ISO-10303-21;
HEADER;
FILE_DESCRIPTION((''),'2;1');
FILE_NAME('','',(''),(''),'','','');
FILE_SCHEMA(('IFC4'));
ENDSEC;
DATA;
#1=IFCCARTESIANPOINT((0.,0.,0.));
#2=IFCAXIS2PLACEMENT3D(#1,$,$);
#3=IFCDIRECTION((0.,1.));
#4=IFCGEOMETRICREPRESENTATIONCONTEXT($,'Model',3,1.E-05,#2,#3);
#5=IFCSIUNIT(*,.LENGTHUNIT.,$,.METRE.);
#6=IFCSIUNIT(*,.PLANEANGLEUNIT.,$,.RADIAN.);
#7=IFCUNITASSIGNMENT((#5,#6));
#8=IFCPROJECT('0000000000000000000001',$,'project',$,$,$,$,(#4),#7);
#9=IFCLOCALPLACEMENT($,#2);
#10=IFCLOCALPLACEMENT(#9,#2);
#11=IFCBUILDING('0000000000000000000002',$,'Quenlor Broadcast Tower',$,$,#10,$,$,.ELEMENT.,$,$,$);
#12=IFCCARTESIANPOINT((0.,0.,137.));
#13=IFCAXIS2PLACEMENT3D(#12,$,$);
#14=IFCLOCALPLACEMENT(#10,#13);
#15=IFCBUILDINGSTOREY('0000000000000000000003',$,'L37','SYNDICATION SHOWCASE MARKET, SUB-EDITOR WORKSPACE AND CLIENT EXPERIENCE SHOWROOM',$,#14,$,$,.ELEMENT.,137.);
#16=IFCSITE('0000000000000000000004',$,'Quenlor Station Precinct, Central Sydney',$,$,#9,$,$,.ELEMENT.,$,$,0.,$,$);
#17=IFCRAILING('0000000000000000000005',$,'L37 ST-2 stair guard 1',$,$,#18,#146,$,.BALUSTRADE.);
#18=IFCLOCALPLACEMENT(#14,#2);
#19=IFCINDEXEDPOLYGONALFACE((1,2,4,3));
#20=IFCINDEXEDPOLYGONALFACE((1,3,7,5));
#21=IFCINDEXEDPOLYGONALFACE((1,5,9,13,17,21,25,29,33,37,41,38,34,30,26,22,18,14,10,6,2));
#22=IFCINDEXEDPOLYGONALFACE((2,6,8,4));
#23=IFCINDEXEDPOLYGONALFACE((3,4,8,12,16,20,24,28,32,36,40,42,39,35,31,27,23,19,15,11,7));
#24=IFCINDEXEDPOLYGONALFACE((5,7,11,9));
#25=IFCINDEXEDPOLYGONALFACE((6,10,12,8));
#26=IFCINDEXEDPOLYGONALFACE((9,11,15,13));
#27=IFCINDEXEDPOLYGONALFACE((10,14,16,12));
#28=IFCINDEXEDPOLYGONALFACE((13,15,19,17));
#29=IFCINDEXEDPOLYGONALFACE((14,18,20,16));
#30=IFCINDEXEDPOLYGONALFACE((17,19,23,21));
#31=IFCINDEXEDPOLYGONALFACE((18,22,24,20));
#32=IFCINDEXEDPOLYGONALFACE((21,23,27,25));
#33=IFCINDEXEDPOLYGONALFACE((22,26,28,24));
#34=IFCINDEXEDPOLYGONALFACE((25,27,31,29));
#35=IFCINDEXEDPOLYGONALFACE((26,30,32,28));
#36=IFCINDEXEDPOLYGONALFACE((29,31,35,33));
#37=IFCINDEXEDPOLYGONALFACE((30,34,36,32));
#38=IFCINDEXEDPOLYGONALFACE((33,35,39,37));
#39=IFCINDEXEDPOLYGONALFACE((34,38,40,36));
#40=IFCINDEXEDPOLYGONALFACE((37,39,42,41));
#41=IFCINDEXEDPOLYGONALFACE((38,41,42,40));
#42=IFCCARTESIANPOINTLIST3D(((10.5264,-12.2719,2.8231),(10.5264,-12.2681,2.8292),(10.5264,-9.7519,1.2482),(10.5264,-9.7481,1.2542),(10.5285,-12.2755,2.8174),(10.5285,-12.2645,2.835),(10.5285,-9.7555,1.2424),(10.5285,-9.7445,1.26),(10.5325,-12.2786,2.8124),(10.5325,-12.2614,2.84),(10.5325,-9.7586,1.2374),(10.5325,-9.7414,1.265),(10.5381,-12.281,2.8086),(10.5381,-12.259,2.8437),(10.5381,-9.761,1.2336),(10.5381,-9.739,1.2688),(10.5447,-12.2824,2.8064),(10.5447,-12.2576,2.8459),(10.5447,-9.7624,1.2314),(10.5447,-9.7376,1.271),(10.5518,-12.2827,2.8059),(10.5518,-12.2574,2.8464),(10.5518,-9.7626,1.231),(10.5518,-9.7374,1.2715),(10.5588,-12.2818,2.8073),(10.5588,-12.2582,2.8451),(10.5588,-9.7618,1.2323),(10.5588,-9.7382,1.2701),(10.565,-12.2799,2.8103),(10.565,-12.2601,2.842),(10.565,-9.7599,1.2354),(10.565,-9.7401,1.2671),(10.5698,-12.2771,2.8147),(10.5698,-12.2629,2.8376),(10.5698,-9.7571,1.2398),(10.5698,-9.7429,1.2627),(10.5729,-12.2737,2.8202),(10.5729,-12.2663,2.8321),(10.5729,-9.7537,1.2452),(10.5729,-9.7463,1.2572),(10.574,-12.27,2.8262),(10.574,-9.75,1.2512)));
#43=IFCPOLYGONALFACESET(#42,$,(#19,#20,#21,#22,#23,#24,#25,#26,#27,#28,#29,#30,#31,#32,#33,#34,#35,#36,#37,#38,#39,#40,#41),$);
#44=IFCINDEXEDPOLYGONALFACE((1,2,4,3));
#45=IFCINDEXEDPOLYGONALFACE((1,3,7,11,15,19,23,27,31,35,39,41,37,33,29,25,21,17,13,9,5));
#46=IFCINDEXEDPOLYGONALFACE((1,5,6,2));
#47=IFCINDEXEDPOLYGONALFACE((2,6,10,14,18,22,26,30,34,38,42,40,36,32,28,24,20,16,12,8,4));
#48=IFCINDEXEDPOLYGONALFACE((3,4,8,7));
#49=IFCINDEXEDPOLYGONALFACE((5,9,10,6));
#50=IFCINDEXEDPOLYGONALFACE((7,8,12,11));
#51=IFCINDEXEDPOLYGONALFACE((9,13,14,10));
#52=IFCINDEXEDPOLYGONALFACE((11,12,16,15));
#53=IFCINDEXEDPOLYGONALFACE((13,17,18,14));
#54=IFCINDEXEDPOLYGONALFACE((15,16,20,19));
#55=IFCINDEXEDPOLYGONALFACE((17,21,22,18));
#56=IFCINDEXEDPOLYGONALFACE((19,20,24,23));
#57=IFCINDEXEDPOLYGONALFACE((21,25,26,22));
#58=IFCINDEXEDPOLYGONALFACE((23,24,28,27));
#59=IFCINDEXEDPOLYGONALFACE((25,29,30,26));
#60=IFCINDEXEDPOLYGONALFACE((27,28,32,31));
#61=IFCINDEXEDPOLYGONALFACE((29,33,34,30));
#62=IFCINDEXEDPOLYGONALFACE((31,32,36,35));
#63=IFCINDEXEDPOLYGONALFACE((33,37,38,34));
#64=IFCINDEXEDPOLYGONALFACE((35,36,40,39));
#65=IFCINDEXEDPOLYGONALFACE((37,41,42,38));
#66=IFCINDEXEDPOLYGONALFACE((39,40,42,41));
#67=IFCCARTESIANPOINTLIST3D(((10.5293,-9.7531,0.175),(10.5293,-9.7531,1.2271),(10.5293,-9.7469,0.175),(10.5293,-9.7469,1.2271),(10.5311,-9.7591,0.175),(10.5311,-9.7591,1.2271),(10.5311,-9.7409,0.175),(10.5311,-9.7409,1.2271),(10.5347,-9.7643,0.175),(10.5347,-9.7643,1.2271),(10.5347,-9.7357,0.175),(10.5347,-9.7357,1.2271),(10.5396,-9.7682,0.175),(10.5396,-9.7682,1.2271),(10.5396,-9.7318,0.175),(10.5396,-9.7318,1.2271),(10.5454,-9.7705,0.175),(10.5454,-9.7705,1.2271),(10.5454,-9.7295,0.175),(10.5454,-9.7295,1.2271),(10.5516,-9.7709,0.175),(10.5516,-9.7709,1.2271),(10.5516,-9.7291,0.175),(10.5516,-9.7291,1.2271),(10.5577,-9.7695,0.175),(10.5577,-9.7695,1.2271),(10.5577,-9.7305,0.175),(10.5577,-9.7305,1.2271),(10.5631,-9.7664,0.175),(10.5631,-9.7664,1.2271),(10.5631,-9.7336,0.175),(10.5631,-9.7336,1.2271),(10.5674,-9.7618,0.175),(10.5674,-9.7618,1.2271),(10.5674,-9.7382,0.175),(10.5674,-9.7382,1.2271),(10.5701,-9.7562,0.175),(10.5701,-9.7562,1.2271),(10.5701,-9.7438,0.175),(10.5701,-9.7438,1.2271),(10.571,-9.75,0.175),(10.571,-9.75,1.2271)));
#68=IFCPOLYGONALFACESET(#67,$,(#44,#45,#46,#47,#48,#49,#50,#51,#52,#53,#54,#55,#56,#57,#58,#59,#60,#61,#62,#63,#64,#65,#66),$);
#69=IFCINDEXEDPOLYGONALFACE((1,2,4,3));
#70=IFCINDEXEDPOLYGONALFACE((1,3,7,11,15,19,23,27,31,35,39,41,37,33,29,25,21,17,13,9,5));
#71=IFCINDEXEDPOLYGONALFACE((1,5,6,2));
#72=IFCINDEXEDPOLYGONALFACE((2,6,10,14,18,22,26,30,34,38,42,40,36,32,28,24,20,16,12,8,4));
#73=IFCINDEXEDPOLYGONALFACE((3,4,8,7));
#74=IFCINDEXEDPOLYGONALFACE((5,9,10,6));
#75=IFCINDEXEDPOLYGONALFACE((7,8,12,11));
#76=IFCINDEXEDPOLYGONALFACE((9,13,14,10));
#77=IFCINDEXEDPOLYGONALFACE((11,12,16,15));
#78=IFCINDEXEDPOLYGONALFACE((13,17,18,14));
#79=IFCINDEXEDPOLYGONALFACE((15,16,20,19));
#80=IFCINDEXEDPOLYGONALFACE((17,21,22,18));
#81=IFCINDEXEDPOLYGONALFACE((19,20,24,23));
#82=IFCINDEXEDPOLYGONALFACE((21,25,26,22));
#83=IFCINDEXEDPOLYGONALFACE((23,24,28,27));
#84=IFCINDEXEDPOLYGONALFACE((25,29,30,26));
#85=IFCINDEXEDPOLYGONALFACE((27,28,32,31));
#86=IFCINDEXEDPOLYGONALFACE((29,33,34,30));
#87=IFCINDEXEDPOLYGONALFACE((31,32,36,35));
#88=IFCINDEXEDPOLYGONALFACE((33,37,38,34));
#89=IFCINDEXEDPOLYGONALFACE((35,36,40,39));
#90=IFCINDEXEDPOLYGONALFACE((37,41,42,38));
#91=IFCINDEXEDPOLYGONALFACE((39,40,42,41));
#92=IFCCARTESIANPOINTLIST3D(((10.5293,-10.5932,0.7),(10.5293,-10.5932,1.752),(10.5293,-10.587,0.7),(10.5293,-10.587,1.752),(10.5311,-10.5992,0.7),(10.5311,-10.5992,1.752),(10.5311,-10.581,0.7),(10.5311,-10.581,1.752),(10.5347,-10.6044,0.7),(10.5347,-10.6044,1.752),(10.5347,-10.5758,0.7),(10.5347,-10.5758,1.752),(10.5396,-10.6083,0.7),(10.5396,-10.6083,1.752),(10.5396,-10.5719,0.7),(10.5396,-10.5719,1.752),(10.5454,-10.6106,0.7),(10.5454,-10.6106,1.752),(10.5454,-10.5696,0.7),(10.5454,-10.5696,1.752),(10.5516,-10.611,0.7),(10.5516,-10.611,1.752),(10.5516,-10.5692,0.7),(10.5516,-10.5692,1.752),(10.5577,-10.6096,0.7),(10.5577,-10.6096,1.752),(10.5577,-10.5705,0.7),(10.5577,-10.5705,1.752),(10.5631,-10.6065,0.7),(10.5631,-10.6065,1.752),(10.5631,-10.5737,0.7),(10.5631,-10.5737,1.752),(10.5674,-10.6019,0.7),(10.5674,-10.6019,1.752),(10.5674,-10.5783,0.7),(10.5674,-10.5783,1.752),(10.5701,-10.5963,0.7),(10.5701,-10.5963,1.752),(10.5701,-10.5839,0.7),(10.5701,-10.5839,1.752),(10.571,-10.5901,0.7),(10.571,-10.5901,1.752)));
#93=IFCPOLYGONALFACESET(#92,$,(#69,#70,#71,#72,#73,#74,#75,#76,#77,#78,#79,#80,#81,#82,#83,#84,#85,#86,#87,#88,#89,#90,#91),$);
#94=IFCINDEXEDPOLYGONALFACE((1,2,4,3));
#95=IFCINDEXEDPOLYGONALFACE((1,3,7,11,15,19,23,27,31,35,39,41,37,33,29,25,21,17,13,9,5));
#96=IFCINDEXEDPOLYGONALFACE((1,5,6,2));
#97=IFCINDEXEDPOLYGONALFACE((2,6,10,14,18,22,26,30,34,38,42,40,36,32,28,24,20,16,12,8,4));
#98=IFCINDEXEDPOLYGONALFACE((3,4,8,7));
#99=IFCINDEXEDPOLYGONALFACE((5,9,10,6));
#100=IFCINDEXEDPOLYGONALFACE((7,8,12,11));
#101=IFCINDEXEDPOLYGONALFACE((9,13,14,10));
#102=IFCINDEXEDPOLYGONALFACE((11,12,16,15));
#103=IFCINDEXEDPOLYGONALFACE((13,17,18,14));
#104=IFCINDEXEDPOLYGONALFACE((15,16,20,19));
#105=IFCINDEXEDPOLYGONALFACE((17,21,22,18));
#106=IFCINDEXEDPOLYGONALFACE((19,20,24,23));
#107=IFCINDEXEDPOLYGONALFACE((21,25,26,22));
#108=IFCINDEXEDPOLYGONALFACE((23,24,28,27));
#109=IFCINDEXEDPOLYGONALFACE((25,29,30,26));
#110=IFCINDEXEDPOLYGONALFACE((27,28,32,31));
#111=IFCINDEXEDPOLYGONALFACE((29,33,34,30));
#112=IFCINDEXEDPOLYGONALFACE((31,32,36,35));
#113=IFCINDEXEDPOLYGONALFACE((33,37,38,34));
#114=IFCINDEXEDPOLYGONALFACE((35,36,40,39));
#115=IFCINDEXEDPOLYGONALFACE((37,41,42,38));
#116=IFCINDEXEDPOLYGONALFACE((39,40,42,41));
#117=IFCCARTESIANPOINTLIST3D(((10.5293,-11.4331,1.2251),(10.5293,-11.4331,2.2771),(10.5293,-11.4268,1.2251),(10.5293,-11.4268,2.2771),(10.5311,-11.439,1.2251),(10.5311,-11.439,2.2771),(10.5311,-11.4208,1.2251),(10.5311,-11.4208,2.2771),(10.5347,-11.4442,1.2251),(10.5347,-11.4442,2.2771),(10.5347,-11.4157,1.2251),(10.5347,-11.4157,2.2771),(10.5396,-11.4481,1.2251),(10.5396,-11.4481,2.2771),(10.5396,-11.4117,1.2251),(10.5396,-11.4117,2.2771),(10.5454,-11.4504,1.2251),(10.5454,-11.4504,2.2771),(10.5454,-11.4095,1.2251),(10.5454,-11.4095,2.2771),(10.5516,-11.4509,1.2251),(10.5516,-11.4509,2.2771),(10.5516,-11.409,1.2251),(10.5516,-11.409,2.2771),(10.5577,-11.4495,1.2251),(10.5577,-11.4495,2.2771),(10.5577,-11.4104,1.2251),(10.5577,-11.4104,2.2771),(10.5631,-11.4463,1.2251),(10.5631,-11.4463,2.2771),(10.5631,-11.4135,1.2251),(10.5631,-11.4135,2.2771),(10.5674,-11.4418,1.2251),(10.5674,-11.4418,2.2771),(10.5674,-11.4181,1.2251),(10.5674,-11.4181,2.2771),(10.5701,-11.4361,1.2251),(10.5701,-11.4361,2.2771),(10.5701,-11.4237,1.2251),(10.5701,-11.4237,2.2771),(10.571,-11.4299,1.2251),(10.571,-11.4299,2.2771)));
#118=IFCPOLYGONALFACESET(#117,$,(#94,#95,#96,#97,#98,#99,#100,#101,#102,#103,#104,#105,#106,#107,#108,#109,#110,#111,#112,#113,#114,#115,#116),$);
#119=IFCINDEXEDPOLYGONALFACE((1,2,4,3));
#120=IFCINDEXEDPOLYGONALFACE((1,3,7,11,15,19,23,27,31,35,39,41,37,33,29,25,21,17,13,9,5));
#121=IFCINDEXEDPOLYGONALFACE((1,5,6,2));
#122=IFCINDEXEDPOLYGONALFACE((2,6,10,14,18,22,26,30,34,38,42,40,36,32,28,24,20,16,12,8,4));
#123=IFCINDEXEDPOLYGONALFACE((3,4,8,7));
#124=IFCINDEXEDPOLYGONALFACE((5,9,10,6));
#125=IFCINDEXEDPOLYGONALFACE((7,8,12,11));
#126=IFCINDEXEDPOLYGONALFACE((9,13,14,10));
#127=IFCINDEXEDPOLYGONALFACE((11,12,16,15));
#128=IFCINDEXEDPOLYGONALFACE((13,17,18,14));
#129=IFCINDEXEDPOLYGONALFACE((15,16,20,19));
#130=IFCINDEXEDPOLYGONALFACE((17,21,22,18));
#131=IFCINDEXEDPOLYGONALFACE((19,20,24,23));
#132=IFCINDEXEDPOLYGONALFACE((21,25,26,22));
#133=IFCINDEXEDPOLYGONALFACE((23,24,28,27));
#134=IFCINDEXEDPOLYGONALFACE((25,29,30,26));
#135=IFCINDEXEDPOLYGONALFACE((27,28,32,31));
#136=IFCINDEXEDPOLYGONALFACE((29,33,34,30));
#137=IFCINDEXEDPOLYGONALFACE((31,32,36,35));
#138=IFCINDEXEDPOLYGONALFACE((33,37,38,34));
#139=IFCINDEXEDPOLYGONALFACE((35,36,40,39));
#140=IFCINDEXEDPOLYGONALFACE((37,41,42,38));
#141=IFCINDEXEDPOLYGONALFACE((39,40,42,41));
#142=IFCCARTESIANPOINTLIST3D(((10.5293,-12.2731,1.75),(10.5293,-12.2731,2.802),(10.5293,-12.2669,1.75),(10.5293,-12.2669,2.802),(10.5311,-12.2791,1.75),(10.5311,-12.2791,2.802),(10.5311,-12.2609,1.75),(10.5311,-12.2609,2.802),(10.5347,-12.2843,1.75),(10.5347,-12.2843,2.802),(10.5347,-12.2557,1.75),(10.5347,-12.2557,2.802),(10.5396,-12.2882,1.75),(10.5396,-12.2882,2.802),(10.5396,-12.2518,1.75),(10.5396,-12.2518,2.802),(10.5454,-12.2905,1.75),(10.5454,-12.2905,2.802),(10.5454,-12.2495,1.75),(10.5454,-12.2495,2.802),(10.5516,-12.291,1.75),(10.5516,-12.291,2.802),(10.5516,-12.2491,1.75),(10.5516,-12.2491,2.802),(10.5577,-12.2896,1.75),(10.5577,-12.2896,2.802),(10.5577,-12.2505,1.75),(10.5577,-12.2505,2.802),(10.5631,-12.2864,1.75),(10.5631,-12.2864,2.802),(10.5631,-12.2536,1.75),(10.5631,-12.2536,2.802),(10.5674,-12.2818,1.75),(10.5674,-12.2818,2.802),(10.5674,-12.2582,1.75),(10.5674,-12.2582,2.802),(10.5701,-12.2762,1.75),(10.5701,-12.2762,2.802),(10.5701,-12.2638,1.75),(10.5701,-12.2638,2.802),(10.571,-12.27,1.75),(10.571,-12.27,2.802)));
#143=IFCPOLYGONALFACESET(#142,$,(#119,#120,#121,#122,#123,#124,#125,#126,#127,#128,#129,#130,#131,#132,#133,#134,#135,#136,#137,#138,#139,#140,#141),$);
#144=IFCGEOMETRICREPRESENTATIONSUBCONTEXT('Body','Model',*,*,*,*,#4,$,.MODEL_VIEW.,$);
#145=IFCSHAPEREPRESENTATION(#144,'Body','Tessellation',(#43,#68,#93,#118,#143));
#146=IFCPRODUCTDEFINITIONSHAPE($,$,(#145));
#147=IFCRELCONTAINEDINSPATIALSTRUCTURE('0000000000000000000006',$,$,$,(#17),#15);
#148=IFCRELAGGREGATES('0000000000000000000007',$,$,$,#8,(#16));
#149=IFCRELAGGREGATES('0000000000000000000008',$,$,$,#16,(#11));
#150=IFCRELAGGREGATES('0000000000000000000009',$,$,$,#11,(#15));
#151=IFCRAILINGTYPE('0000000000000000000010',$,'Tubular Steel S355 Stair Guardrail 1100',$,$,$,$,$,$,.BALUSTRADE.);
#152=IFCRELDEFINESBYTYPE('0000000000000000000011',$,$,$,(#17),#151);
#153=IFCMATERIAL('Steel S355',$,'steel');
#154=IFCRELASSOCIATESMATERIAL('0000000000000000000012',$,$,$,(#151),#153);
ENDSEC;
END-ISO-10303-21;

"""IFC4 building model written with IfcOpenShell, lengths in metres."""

from ifc_helpers import new_model, si_unit, direction, frame, origin, origin_2d, place, context, subcontext, project, spatial, circle, extrude, material, type_object, element, save


model = new_model("IFC4")

# Units and contexts
model_context = context("Model", 3, precision=1e-05, world=origin(), true_north=direction((0.0, 1.0)))
body_context = subcontext(model_context, "Body", "Model", "MODEL_VIEW")
ifc_project = project(units=[si_unit("LENGTHUNIT", "METRE"), si_unit("PLANEANGLEUNIT", "RADIAN")], contexts=[model_context])

# Site, building, storey
site_placement = place(None, origin())
site = spatial("IfcSite", under=ifc_project, at=site_placement, Name="Quenlor Station Precinct, Central Sydney", CompositionType="ELEMENT", RefElevation=0.0)
building_placement = place(site_placement, origin())
building = spatial("IfcBuilding", under=site, at=building_placement, Name="Quenlor Broadcast Tower", CompositionType="ELEMENT")
storey_placement = place(building_placement, frame((0.0, 0.0, 137.0)))
storey = spatial("IfcBuildingStorey", under=building, at=storey_placement, Name="L37", Description="SYNDICATION SHOWCASE MARKET, SUB-EDITOR WORKSPACE AND CLIENT EXPERIENCE SHOWROOM", CompositionType="ELEMENT", Elevation=137.0)

# Railing
ifc_material_1 = material(Name="Steel S355", Category="steel")
railing_type_1 = type_object("IfcRailingType", Name="Tubular Steel S355 Stair Guardrail 1100", PredefinedType="BALUSTRADE", material=ifc_material_1)
railing_1_placement = place(storey_placement, frame((10.55, -9.75, 0.175)))
element("IfcRailing", 1, at=railing_1_placement, inside=storey, type_object=railing_type_1, Name="L37 ST-2 stair guard 1", PredefinedType="BALUSTRADE", context=body_context, shape_type="SweptSolid", body=[
    extrude(circle(Radius=0.0239, at=origin_2d()), frame((0.0, 0.0, 1.0762), z_axis=(0.0, -0.848008, 0.529984), x_axis=(1.0, 0.0, 0.0)), (0.0, 0.0, 1.0), 2.9717),
    extrude(circle(Radius=0.021, at=origin_2d()), origin(), (0.0, 0.0, 1.0), 1.052),
    extrude(circle(Radius=0.021, at=origin_2d()), frame((0.0, -0.8401, 0.5249)), (0.0, 0.0, 1.0), 1.052),
    extrude(circle(Radius=0.021, at=origin_2d()), frame((0.0, -1.6799, 1.05)), (0.0, 0.0, 1.0), 1.052),
    extrude(circle(Radius=0.021, at=origin_2d()), frame((0.0, -2.52, 1.575)), (0.0, 0.0, 1.0), 1.052),
])

save(model, "model.ifc")
